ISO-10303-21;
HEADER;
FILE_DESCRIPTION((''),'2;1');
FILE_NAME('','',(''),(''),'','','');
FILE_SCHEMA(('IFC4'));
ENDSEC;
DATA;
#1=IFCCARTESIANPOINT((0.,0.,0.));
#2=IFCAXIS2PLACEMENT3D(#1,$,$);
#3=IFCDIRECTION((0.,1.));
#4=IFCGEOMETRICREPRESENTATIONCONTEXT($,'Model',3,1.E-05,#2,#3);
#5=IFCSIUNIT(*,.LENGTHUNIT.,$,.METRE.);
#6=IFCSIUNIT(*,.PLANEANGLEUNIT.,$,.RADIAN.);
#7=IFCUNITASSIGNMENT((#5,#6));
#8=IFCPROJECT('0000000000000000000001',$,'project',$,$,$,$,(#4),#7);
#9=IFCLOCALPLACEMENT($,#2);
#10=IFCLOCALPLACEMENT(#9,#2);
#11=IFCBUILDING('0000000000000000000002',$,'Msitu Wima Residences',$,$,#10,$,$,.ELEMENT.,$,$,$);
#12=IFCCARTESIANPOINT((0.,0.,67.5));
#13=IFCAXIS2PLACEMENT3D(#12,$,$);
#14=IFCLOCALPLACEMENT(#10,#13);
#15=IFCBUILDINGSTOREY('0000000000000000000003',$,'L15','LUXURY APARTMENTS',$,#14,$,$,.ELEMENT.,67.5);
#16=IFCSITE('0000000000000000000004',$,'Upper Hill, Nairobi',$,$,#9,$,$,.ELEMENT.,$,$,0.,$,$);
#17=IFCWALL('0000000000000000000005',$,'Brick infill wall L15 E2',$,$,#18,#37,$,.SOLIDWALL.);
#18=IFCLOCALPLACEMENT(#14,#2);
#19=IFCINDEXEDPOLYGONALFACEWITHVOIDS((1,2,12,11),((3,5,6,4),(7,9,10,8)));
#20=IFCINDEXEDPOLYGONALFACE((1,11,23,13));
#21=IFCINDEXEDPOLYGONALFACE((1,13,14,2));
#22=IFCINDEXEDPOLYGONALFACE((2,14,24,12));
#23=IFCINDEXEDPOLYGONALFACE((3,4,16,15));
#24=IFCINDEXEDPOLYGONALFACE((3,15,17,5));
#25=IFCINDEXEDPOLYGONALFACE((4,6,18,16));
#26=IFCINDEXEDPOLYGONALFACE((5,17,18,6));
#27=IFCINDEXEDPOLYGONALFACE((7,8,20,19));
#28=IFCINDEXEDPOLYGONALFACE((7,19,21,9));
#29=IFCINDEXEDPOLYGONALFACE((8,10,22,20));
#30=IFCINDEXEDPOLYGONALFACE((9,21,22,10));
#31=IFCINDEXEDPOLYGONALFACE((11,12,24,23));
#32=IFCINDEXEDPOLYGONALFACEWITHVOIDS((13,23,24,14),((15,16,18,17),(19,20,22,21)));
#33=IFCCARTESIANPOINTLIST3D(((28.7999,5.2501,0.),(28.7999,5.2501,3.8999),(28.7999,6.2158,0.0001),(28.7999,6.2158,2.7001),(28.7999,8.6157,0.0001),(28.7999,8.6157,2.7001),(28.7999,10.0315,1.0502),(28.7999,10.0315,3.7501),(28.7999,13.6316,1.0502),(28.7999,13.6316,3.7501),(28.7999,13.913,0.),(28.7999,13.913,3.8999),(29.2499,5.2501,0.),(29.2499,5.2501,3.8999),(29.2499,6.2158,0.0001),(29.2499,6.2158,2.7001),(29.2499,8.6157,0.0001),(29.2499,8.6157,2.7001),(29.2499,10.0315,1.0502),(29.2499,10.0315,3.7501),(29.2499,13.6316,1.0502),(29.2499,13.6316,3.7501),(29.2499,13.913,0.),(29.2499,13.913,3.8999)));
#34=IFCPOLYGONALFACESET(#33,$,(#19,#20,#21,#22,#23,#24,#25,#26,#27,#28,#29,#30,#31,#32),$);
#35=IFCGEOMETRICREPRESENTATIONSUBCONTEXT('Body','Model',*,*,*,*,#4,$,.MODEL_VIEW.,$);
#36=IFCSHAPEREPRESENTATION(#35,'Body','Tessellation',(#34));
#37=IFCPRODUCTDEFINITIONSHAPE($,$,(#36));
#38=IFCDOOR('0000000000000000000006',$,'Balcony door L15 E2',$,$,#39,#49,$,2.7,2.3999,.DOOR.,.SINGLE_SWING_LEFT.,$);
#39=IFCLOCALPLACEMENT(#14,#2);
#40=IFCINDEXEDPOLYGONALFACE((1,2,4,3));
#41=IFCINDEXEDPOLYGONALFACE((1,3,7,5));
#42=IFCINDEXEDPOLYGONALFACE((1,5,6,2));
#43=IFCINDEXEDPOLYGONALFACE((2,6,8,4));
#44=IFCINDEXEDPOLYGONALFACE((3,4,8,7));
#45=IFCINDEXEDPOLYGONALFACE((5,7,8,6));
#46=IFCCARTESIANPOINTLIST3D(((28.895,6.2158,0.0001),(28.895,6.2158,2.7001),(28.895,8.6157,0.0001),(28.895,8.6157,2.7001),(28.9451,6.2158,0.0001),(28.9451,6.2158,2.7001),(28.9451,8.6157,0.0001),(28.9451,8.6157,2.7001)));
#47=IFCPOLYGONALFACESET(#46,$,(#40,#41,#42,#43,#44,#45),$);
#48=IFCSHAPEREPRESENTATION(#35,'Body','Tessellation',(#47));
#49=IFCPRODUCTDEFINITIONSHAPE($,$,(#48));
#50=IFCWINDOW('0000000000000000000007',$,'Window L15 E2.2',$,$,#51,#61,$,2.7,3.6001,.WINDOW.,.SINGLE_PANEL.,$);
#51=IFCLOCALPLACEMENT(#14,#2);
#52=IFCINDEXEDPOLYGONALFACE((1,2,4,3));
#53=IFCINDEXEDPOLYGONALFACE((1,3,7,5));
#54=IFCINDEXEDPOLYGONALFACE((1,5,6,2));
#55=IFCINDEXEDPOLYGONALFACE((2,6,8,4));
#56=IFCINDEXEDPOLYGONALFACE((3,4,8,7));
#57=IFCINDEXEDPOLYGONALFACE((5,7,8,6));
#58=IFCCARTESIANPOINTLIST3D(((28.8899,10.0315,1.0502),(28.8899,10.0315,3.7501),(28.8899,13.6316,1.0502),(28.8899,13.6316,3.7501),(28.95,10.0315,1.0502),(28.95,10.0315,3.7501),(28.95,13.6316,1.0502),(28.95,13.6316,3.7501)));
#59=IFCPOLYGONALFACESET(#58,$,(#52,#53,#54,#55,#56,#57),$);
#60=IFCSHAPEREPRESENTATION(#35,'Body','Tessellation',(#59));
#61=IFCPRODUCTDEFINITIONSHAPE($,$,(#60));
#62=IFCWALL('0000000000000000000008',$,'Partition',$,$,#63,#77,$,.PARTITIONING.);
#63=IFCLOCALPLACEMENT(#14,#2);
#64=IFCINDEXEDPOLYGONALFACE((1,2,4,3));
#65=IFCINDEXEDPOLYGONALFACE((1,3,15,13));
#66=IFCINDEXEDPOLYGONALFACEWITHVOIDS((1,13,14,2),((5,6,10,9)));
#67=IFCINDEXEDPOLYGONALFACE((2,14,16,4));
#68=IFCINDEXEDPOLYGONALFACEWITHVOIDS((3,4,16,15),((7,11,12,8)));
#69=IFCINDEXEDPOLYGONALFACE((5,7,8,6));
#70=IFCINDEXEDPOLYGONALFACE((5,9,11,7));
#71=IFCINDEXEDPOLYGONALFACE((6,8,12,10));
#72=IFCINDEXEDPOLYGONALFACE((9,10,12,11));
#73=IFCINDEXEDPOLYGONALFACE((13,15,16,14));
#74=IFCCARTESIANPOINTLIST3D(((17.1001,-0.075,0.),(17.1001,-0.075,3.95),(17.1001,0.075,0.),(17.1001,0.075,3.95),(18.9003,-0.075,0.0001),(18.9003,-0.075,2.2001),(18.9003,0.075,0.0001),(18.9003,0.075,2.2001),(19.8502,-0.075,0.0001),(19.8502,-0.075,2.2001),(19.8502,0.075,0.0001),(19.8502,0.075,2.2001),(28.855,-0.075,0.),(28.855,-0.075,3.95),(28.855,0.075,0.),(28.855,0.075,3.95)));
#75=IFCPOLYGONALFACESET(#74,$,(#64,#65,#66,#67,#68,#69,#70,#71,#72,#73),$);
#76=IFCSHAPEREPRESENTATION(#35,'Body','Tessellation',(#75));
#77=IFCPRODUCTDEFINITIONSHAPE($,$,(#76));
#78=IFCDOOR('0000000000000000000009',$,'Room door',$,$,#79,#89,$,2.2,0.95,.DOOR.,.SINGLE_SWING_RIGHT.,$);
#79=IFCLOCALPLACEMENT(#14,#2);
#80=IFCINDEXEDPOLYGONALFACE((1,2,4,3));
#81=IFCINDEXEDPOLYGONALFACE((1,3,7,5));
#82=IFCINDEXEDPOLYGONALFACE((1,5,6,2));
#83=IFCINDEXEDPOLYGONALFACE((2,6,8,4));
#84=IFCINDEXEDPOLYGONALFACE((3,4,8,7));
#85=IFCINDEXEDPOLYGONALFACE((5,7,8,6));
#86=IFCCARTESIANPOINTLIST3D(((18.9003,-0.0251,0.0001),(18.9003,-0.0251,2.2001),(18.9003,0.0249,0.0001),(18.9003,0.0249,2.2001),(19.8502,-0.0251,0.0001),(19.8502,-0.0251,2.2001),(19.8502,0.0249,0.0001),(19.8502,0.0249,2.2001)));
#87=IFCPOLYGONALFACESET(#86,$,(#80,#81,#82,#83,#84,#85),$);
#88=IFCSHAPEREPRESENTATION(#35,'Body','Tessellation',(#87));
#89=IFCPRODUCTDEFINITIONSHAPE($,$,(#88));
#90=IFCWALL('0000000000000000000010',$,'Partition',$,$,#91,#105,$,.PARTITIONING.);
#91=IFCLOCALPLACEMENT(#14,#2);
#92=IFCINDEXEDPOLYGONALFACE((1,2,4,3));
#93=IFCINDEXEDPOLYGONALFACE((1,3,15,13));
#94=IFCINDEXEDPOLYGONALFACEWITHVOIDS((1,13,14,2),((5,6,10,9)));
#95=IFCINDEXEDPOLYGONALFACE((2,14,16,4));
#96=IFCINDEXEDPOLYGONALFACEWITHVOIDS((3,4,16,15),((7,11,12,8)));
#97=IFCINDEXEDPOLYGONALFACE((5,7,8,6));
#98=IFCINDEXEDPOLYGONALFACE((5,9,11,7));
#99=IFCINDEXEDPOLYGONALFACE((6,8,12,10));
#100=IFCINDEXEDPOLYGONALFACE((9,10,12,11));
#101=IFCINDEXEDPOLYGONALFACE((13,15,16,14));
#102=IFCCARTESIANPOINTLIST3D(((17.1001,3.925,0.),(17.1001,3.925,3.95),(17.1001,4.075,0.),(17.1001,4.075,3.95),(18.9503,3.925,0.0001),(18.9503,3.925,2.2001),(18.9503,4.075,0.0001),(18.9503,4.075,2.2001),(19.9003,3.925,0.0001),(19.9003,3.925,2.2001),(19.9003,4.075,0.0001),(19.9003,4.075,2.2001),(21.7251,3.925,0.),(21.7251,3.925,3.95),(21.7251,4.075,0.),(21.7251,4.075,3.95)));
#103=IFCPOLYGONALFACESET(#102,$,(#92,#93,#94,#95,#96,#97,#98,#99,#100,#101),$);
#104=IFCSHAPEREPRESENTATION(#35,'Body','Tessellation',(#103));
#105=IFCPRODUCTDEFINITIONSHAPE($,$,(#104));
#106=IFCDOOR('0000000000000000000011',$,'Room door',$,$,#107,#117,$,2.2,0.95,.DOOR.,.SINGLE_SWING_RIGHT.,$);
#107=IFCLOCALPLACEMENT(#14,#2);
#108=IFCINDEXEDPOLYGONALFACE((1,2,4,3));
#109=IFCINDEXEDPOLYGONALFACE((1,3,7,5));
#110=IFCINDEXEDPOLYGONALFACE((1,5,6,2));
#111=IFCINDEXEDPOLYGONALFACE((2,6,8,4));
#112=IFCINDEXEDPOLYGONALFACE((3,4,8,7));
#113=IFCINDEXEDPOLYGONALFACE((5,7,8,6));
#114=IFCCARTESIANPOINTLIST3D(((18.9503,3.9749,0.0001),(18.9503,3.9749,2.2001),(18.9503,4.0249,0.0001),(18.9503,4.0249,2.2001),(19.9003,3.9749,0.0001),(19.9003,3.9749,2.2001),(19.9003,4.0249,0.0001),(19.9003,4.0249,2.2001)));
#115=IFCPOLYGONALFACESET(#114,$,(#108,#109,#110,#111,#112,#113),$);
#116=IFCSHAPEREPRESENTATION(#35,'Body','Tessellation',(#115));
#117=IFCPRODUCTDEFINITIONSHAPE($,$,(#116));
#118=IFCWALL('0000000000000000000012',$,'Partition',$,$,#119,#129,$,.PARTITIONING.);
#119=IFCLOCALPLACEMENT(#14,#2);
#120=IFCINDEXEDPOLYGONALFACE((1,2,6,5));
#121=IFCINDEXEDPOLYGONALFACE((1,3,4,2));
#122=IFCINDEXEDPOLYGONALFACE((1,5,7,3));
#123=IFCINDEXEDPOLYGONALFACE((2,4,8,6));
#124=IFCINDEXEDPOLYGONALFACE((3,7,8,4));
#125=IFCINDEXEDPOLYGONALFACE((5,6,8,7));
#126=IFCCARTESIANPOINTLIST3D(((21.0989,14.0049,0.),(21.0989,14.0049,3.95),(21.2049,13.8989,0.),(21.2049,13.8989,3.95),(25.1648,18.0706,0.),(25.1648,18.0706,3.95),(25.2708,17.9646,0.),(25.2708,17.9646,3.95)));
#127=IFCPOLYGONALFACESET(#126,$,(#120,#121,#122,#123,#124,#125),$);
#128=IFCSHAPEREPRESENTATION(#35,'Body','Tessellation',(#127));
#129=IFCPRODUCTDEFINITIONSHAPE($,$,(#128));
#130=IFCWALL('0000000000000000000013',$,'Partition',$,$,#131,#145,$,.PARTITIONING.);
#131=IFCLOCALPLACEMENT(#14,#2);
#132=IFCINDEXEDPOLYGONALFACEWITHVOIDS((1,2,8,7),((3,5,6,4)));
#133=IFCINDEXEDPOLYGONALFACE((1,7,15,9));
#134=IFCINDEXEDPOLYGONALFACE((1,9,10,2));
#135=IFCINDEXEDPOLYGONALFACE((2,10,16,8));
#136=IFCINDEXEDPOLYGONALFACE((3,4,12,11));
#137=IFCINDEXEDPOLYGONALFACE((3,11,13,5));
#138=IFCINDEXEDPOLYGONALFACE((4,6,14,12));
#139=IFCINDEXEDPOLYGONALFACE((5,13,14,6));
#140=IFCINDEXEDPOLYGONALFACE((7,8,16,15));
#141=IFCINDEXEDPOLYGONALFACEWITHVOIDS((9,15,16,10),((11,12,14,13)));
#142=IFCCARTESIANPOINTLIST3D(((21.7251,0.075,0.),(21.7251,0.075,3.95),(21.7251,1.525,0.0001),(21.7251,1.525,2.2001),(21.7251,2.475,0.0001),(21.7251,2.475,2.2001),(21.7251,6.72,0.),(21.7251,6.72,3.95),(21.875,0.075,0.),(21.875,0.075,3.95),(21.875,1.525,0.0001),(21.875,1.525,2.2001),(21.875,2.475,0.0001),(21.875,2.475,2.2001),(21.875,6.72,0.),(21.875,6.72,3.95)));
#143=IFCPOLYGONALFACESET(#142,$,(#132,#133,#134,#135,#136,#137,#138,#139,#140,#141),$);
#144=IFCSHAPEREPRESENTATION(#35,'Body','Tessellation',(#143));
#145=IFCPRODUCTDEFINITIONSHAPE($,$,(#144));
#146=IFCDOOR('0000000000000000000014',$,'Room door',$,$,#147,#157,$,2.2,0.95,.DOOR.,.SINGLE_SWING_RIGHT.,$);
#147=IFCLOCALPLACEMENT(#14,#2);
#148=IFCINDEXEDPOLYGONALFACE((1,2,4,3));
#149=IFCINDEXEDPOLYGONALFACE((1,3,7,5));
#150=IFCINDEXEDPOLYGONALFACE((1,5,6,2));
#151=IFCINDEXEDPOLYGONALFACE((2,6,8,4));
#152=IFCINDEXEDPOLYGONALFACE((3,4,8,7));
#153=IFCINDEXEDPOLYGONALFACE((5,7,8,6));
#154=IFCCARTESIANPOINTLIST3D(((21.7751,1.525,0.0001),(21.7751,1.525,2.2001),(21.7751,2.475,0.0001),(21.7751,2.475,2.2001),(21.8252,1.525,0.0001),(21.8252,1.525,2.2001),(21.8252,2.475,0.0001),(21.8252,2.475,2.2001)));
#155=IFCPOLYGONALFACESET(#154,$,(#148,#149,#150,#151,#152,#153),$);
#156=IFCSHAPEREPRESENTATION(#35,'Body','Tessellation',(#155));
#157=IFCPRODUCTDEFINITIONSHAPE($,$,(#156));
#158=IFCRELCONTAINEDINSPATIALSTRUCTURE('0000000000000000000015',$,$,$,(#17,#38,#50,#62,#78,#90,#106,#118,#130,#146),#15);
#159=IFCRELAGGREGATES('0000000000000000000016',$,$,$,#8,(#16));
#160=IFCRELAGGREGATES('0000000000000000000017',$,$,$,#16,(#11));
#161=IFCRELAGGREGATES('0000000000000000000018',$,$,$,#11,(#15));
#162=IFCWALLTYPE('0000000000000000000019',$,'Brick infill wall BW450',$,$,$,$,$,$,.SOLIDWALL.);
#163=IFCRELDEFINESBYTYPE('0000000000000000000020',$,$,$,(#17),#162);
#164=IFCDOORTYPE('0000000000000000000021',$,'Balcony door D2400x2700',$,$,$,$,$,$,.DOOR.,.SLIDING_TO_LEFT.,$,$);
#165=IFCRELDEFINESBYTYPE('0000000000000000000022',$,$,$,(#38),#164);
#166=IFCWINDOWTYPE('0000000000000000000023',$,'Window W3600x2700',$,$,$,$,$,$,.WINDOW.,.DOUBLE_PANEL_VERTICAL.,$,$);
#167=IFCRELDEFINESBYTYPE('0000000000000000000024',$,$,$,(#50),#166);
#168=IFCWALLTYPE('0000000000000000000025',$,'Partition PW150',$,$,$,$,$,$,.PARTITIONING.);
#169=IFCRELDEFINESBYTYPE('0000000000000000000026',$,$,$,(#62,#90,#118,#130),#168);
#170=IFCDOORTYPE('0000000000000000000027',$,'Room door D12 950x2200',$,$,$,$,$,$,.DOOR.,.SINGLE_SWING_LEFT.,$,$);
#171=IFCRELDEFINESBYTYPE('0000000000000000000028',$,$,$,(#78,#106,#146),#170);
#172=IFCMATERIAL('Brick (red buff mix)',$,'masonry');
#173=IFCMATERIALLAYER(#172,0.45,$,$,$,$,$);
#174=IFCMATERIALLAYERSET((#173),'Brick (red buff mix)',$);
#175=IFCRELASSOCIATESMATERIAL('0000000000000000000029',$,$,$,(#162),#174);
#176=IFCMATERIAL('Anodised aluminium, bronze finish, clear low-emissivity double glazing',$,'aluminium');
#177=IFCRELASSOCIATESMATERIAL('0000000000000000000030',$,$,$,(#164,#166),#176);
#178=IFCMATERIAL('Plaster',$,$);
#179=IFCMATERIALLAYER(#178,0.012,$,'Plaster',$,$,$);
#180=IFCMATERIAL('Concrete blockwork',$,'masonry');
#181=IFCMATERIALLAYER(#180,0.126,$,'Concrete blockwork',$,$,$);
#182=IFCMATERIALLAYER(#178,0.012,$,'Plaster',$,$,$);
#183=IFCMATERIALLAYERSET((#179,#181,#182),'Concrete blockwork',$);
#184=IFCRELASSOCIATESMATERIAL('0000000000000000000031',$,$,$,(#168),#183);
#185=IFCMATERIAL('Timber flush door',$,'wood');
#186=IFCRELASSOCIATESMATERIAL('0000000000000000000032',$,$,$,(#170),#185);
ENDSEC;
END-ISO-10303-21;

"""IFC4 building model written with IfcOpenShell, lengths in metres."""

from ifc_helpers import new_model, si_unit, direction, frame, frame_2d, origin, place, context, subcontext, project, spatial, rectangle, extrude, material, layer, layer_set, type_object, element, fill, save


model = new_model("IFC4")

# Units and contexts
model_context = context("Model", 3, precision=1e-05, world=origin(), true_north=direction((0.0, 1.0)))
body_context = subcontext(model_context, "Body", "Model", "MODEL_VIEW")
ifc_project = project(units=[si_unit("LENGTHUNIT", "METRE"), si_unit("PLANEANGLEUNIT", "RADIAN")], contexts=[model_context])

# Site, building, storey
site_placement = place(None, origin())
site = spatial("IfcSite", under=ifc_project, at=site_placement, Name="Upper Hill, Nairobi", CompositionType="ELEMENT", RefElevation=0.0)
building_placement = place(site_placement, origin())
building = spatial("IfcBuilding", under=site, at=building_placement, Name="Msitu Wima Residences", CompositionType="ELEMENT")
storey_placement = place(building_placement, frame((0.0, 0.0, 67.5)))
storey = spatial("IfcBuildingStorey", under=building, at=storey_placement, Name="L15", Description="LUXURY APARTMENTS", CompositionType="ELEMENT", Elevation=67.5)

# Wall, openings, door, window
ifc_material_1 = material(Name="Brick (red buff mix)", Category="masonry")
ifc_layer_1 = layer(ifc_material_1, 0.45)
ifc_layer_set_1 = layer_set([ifc_layer_1], Name="Brick (red buff mix)")
wall_type_1 = type_object("IfcWallType", Name="Brick infill wall BW450", PredefinedType="SOLIDWALL", material=ifc_layer_set_1)
wall_1_placement = place(storey_placement, frame((29.0249, 5.25, 0.0), z_axis=(0.0, 0.0, 1.0), x_axis=(0.0, 1.0, 0.0)))
wall_1 = element("IfcWall", 1, at=wall_1_placement, inside=storey, type_object=wall_type_1, Name="Brick infill wall L15 E2", PredefinedType="SOLIDWALL", context=body_context, shape_type="SweptSolid", body=[
    extrude(rectangle(XDim=8.6628, YDim=0.45, at=frame_2d((4.3315, 0.0))), origin(), (0.0, 0.0, 1.0), 3.8999),
])
opening_1_placement = place(wall_1_placement, frame((0.9658, 0.0, 0.0)))
opening_1 = element("IfcOpeningElement", 2, at=opening_1_placement, cuts=wall_1, PredefinedType="OPENING", context=body_context, shape_type="SweptSolid", body=[
    extrude(rectangle(XDim=2.3999, YDim=2.7, at=frame_2d((1.2, 1.3501))), frame((0.0, 0.2349, 0.0), z_axis=(0.0, -1.0, 0.0), x_axis=(1.0, 0.0, 0.0)), (0.0, 0.0, 1.0), 0.47),
])
opening_2_placement = place(wall_1_placement, frame((4.7815, 0.0, 1.05)))
opening_2 = element("IfcOpeningElement", 3, at=opening_2_placement, cuts=wall_1, PredefinedType="OPENING", context=body_context, shape_type="SweptSolid", body=[
    extrude(rectangle(XDim=3.6001, YDim=2.7, at=frame_2d((1.8, 1.3501))), frame((0.0, 0.2349, 0.0), z_axis=(0.0, -1.0, 0.0), x_axis=(1.0, 0.0, 0.0)), (0.0, 0.0, 1.0), 0.47),
])
ifc_material_2 = material(Name="Anodised aluminium, bronze finish, clear low-emissivity double glazing", Category="aluminium")
door_type_1 = type_object("IfcDoorType", Name="Balcony door D2400x2700", OperationType="SLIDING_TO_LEFT", PredefinedType="DOOR", material=ifc_material_2)
door_1_placement = place(opening_1_placement, origin())
door_1 = element("IfcDoor", 4, at=door_1_placement, inside=storey, type_object=door_type_1, Name="Balcony door L15 E2", OperationType="SINGLE_SWING_LEFT", OverallHeight=2.7, OverallWidth=2.3999, PredefinedType="DOOR", context=body_context, shape_type="SweptSolid", body=[
    extrude(rectangle(XDim=2.3999, YDim=2.7, at=frame_2d((1.2, 1.3501))), frame((0.0, 0.1299, 0.0), z_axis=(0.0, -1.0, 0.0), x_axis=(1.0, 0.0, 0.0)), (0.0, 0.0, 1.0), 0.05),
])
fill(opening_1, door_1)
window_type = type_object("IfcWindowType", Name="Window W3600x2700", PartitioningType="DOUBLE_PANEL_VERTICAL", PredefinedType="WINDOW", material=ifc_material_2)
window_placement = place(opening_2_placement, origin())
window = element("IfcWindow", 5, at=window_placement, inside=storey, type_object=window_type, Name="Window L15 E2.2", OverallHeight=2.7, OverallWidth=3.6001, PartitioningType="SINGLE_PANEL", PredefinedType="WINDOW", context=body_context, shape_type="SweptSolid", body=[
    extrude(rectangle(XDim=3.6001, YDim=2.7, at=frame_2d((1.8, 1.3501))), frame((0.0, 0.135, 0.0), z_axis=(0.0, -1.0, 0.0), x_axis=(1.0, 0.0, 0.0)), (0.0, 0.0, 1.0), 0.0601),
])
fill(opening_2, window)

# Walls, openings, doors
ifc_material_3 = material(Name="Plaster")
ifc_layer_2 = layer(ifc_material_3, 0.012, Name="Plaster")
ifc_material_4 = material(Name="Concrete blockwork", Category="masonry")
ifc_layer_3 = layer(ifc_material_4, 0.126, Name="Concrete blockwork")
ifc_layer_4 = layer(ifc_material_3, 0.012, Name="Plaster")
ifc_layer_set_2 = layer_set([ifc_layer_2, ifc_layer_3, ifc_layer_4], Name="Concrete blockwork")
wall_type_2 = type_object("IfcWallType", Name="Partition PW150", PredefinedType="PARTITIONING", material=ifc_layer_set_2)
wall_2_placement = place(storey_placement, frame((17.1001, 0.0, 0.0), z_axis=(0.0, 0.0, 1.0), x_axis=(1.0, 0.0, 0.0)))
wall_2 = element("IfcWall", 6, at=wall_2_placement, inside=storey, type_object=wall_type_2, Name="Partition", PredefinedType="PARTITIONING", context=body_context, shape_type="SweptSolid", body=[
    extrude(rectangle(XDim=11.7549, YDim=0.1499, at=frame_2d((5.8774, 0.0))), origin(), (0.0, 0.0, 1.0), 3.95),
])
opening_3_placement = place(wall_2_placement, frame((1.8, 0.0, 0.0)))
opening_3 = element("IfcOpeningElement", 7, at=opening_3_placement, cuts=wall_2, PredefinedType="OPENING", context=body_context, shape_type="SweptSolid", body=[
    extrude(rectangle(XDim=0.95, YDim=2.2, at=frame_2d((0.4751, 1.1001))), frame((0.0, 0.085, 0.0), z_axis=(0.0, -1.0, 0.0), x_axis=(1.0, 0.0, 0.0)), (0.0, 0.0, 1.0), 0.1699),
])
ifc_material_5 = material(Name="Timber flush door", Category="wood")
door_type_2 = type_object("IfcDoorType", Name="Room door D12 950x2200", OperationType="SINGLE_SWING_LEFT", PredefinedType="DOOR", material=ifc_material_5)
door_2_placement = place(opening_3_placement, origin())
door_2 = element("IfcDoor", 8, at=door_2_placement, inside=storey, type_object=door_type_2, Name="Room door", OperationType="SINGLE_SWING_RIGHT", OverallHeight=2.2, OverallWidth=0.95, PredefinedType="DOOR", context=body_context, shape_type="SweptSolid", body=[
    extrude(rectangle(XDim=0.95, YDim=2.2, at=frame_2d((0.4751, 1.1001))), frame((0.0, 0.0249, 0.0), z_axis=(0.0, -1.0, 0.0), x_axis=(1.0, 0.0, 0.0)), (0.0, 0.0, 1.0), 0.05),
])
fill(opening_3, door_2)
wall_3_placement = place(storey_placement, frame((17.1001, 4.0, 0.0), z_axis=(0.0, 0.0, 1.0), x_axis=(1.0, 0.0, 0.0)))
wall_3 = element("IfcWall", 9, at=wall_3_placement, inside=storey, type_object=wall_type_2, Name="Partition", PredefinedType="PARTITIONING", context=body_context, shape_type="SweptSolid", body=[
    extrude(rectangle(XDim=4.625, YDim=0.1499, at=frame_2d((2.3125, 0.0))), origin(), (0.0, 0.0, 1.0), 3.95),
])
opening_4_placement = place(wall_3_placement, frame((1.8501, 0.0, 0.0)))
opening_4 = element("IfcOpeningElement", 10, at=opening_4_placement, cuts=wall_3, PredefinedType="OPENING", context=body_context, shape_type="SweptSolid", body=[
    extrude(rectangle(XDim=0.95, YDim=2.2, at=frame_2d((0.4751, 1.1001))), frame((0.0, 0.085, 0.0), z_axis=(0.0, -1.0, 0.0), x_axis=(1.0, 0.0, 0.0)), (0.0, 0.0, 1.0), 0.1699),
])
door_3_placement = place(opening_4_placement, origin())
door_3 = element("IfcDoor", 11, at=door_3_placement, inside=storey, type_object=door_type_2, Name="Room door", OperationType="SINGLE_SWING_RIGHT", OverallHeight=2.2, OverallWidth=0.95, PredefinedType="DOOR", context=body_context, shape_type="SweptSolid", body=[
    extrude(rectangle(XDim=0.95, YDim=2.2, at=frame_2d((0.4751, 1.1001))), frame((0.0, 0.0249, 0.0), z_axis=(0.0, -1.0, 0.0), x_axis=(1.0, 0.0, 0.0)), (0.0, 0.0, 1.0), 0.05),
])
fill(opening_4, door_3)

# Wall
wall_4_placement = place(storey_placement, frame((21.1519, 13.9519, 0.0), z_axis=(0.0, 0.0, 1.0), x_axis=(0.707128, 0.707086, 0.0)))
element("IfcWall", 12, at=wall_4_placement, inside=storey, type_object=wall_type_2, Name="Partition", PredefinedType="PARTITIONING", context=body_context, shape_type="SweptSolid", body=[
    extrude(rectangle(XDim=5.75, YDim=0.1499, at=frame_2d((2.875, 0.0))), origin(), (0.0, 0.0, 1.0), 3.95),
])

# Wall, opening, door
wall_5_placement = place(storey_placement, frame((21.8, 0.075, 0.0), z_axis=(0.0, 0.0, 1.0), x_axis=(0.0, 1.0, 0.0)))
wall_5 = element("IfcWall", 13, at=wall_5_placement, inside=storey, type_object=wall_type_2, Name="Partition", PredefinedType="PARTITIONING", context=body_context, shape_type="SweptSolid", body=[
    extrude(rectangle(XDim=6.645, YDim=0.1499, at=frame_2d((3.3225, 0.0))), origin(), (0.0, 0.0, 1.0), 3.95),
])
opening_5_placement = place(wall_5_placement, frame((1.45, 0.0, 0.0)))
opening_5 = element("IfcOpeningElement", 14, at=opening_5_placement, cuts=wall_5, PredefinedType="OPENING", context=body_context, shape_type="SweptSolid", body=[
    extrude(rectangle(XDim=0.95, YDim=2.2, at=frame_2d((0.4751, 1.1001))), frame((0.0, 0.085, 0.0), z_axis=(0.0, -1.0, 0.0), x_axis=(1.0, 0.0, 0.0)), (0.0, 0.0, 1.0), 0.1699),
])
door_4_placement = place(opening_5_placement, origin())
door_4 = element("IfcDoor", 15, at=door_4_placement, inside=storey, type_object=door_type_2, Name="Room door", OperationType="SINGLE_SWING_RIGHT", OverallHeight=2.2, OverallWidth=0.95, PredefinedType="DOOR", context=body_context, shape_type="SweptSolid", body=[
    extrude(rectangle(XDim=0.95, YDim=2.2, at=frame_2d((0.4751, 1.1001))), frame((0.0, 0.0249, 0.0), z_axis=(0.0, -1.0, 0.0), x_axis=(1.0, 0.0, 0.0)), (0.0, 0.0, 1.0), 0.05),
])
fill(opening_5, door_4)

save(model, "model.ifc")
